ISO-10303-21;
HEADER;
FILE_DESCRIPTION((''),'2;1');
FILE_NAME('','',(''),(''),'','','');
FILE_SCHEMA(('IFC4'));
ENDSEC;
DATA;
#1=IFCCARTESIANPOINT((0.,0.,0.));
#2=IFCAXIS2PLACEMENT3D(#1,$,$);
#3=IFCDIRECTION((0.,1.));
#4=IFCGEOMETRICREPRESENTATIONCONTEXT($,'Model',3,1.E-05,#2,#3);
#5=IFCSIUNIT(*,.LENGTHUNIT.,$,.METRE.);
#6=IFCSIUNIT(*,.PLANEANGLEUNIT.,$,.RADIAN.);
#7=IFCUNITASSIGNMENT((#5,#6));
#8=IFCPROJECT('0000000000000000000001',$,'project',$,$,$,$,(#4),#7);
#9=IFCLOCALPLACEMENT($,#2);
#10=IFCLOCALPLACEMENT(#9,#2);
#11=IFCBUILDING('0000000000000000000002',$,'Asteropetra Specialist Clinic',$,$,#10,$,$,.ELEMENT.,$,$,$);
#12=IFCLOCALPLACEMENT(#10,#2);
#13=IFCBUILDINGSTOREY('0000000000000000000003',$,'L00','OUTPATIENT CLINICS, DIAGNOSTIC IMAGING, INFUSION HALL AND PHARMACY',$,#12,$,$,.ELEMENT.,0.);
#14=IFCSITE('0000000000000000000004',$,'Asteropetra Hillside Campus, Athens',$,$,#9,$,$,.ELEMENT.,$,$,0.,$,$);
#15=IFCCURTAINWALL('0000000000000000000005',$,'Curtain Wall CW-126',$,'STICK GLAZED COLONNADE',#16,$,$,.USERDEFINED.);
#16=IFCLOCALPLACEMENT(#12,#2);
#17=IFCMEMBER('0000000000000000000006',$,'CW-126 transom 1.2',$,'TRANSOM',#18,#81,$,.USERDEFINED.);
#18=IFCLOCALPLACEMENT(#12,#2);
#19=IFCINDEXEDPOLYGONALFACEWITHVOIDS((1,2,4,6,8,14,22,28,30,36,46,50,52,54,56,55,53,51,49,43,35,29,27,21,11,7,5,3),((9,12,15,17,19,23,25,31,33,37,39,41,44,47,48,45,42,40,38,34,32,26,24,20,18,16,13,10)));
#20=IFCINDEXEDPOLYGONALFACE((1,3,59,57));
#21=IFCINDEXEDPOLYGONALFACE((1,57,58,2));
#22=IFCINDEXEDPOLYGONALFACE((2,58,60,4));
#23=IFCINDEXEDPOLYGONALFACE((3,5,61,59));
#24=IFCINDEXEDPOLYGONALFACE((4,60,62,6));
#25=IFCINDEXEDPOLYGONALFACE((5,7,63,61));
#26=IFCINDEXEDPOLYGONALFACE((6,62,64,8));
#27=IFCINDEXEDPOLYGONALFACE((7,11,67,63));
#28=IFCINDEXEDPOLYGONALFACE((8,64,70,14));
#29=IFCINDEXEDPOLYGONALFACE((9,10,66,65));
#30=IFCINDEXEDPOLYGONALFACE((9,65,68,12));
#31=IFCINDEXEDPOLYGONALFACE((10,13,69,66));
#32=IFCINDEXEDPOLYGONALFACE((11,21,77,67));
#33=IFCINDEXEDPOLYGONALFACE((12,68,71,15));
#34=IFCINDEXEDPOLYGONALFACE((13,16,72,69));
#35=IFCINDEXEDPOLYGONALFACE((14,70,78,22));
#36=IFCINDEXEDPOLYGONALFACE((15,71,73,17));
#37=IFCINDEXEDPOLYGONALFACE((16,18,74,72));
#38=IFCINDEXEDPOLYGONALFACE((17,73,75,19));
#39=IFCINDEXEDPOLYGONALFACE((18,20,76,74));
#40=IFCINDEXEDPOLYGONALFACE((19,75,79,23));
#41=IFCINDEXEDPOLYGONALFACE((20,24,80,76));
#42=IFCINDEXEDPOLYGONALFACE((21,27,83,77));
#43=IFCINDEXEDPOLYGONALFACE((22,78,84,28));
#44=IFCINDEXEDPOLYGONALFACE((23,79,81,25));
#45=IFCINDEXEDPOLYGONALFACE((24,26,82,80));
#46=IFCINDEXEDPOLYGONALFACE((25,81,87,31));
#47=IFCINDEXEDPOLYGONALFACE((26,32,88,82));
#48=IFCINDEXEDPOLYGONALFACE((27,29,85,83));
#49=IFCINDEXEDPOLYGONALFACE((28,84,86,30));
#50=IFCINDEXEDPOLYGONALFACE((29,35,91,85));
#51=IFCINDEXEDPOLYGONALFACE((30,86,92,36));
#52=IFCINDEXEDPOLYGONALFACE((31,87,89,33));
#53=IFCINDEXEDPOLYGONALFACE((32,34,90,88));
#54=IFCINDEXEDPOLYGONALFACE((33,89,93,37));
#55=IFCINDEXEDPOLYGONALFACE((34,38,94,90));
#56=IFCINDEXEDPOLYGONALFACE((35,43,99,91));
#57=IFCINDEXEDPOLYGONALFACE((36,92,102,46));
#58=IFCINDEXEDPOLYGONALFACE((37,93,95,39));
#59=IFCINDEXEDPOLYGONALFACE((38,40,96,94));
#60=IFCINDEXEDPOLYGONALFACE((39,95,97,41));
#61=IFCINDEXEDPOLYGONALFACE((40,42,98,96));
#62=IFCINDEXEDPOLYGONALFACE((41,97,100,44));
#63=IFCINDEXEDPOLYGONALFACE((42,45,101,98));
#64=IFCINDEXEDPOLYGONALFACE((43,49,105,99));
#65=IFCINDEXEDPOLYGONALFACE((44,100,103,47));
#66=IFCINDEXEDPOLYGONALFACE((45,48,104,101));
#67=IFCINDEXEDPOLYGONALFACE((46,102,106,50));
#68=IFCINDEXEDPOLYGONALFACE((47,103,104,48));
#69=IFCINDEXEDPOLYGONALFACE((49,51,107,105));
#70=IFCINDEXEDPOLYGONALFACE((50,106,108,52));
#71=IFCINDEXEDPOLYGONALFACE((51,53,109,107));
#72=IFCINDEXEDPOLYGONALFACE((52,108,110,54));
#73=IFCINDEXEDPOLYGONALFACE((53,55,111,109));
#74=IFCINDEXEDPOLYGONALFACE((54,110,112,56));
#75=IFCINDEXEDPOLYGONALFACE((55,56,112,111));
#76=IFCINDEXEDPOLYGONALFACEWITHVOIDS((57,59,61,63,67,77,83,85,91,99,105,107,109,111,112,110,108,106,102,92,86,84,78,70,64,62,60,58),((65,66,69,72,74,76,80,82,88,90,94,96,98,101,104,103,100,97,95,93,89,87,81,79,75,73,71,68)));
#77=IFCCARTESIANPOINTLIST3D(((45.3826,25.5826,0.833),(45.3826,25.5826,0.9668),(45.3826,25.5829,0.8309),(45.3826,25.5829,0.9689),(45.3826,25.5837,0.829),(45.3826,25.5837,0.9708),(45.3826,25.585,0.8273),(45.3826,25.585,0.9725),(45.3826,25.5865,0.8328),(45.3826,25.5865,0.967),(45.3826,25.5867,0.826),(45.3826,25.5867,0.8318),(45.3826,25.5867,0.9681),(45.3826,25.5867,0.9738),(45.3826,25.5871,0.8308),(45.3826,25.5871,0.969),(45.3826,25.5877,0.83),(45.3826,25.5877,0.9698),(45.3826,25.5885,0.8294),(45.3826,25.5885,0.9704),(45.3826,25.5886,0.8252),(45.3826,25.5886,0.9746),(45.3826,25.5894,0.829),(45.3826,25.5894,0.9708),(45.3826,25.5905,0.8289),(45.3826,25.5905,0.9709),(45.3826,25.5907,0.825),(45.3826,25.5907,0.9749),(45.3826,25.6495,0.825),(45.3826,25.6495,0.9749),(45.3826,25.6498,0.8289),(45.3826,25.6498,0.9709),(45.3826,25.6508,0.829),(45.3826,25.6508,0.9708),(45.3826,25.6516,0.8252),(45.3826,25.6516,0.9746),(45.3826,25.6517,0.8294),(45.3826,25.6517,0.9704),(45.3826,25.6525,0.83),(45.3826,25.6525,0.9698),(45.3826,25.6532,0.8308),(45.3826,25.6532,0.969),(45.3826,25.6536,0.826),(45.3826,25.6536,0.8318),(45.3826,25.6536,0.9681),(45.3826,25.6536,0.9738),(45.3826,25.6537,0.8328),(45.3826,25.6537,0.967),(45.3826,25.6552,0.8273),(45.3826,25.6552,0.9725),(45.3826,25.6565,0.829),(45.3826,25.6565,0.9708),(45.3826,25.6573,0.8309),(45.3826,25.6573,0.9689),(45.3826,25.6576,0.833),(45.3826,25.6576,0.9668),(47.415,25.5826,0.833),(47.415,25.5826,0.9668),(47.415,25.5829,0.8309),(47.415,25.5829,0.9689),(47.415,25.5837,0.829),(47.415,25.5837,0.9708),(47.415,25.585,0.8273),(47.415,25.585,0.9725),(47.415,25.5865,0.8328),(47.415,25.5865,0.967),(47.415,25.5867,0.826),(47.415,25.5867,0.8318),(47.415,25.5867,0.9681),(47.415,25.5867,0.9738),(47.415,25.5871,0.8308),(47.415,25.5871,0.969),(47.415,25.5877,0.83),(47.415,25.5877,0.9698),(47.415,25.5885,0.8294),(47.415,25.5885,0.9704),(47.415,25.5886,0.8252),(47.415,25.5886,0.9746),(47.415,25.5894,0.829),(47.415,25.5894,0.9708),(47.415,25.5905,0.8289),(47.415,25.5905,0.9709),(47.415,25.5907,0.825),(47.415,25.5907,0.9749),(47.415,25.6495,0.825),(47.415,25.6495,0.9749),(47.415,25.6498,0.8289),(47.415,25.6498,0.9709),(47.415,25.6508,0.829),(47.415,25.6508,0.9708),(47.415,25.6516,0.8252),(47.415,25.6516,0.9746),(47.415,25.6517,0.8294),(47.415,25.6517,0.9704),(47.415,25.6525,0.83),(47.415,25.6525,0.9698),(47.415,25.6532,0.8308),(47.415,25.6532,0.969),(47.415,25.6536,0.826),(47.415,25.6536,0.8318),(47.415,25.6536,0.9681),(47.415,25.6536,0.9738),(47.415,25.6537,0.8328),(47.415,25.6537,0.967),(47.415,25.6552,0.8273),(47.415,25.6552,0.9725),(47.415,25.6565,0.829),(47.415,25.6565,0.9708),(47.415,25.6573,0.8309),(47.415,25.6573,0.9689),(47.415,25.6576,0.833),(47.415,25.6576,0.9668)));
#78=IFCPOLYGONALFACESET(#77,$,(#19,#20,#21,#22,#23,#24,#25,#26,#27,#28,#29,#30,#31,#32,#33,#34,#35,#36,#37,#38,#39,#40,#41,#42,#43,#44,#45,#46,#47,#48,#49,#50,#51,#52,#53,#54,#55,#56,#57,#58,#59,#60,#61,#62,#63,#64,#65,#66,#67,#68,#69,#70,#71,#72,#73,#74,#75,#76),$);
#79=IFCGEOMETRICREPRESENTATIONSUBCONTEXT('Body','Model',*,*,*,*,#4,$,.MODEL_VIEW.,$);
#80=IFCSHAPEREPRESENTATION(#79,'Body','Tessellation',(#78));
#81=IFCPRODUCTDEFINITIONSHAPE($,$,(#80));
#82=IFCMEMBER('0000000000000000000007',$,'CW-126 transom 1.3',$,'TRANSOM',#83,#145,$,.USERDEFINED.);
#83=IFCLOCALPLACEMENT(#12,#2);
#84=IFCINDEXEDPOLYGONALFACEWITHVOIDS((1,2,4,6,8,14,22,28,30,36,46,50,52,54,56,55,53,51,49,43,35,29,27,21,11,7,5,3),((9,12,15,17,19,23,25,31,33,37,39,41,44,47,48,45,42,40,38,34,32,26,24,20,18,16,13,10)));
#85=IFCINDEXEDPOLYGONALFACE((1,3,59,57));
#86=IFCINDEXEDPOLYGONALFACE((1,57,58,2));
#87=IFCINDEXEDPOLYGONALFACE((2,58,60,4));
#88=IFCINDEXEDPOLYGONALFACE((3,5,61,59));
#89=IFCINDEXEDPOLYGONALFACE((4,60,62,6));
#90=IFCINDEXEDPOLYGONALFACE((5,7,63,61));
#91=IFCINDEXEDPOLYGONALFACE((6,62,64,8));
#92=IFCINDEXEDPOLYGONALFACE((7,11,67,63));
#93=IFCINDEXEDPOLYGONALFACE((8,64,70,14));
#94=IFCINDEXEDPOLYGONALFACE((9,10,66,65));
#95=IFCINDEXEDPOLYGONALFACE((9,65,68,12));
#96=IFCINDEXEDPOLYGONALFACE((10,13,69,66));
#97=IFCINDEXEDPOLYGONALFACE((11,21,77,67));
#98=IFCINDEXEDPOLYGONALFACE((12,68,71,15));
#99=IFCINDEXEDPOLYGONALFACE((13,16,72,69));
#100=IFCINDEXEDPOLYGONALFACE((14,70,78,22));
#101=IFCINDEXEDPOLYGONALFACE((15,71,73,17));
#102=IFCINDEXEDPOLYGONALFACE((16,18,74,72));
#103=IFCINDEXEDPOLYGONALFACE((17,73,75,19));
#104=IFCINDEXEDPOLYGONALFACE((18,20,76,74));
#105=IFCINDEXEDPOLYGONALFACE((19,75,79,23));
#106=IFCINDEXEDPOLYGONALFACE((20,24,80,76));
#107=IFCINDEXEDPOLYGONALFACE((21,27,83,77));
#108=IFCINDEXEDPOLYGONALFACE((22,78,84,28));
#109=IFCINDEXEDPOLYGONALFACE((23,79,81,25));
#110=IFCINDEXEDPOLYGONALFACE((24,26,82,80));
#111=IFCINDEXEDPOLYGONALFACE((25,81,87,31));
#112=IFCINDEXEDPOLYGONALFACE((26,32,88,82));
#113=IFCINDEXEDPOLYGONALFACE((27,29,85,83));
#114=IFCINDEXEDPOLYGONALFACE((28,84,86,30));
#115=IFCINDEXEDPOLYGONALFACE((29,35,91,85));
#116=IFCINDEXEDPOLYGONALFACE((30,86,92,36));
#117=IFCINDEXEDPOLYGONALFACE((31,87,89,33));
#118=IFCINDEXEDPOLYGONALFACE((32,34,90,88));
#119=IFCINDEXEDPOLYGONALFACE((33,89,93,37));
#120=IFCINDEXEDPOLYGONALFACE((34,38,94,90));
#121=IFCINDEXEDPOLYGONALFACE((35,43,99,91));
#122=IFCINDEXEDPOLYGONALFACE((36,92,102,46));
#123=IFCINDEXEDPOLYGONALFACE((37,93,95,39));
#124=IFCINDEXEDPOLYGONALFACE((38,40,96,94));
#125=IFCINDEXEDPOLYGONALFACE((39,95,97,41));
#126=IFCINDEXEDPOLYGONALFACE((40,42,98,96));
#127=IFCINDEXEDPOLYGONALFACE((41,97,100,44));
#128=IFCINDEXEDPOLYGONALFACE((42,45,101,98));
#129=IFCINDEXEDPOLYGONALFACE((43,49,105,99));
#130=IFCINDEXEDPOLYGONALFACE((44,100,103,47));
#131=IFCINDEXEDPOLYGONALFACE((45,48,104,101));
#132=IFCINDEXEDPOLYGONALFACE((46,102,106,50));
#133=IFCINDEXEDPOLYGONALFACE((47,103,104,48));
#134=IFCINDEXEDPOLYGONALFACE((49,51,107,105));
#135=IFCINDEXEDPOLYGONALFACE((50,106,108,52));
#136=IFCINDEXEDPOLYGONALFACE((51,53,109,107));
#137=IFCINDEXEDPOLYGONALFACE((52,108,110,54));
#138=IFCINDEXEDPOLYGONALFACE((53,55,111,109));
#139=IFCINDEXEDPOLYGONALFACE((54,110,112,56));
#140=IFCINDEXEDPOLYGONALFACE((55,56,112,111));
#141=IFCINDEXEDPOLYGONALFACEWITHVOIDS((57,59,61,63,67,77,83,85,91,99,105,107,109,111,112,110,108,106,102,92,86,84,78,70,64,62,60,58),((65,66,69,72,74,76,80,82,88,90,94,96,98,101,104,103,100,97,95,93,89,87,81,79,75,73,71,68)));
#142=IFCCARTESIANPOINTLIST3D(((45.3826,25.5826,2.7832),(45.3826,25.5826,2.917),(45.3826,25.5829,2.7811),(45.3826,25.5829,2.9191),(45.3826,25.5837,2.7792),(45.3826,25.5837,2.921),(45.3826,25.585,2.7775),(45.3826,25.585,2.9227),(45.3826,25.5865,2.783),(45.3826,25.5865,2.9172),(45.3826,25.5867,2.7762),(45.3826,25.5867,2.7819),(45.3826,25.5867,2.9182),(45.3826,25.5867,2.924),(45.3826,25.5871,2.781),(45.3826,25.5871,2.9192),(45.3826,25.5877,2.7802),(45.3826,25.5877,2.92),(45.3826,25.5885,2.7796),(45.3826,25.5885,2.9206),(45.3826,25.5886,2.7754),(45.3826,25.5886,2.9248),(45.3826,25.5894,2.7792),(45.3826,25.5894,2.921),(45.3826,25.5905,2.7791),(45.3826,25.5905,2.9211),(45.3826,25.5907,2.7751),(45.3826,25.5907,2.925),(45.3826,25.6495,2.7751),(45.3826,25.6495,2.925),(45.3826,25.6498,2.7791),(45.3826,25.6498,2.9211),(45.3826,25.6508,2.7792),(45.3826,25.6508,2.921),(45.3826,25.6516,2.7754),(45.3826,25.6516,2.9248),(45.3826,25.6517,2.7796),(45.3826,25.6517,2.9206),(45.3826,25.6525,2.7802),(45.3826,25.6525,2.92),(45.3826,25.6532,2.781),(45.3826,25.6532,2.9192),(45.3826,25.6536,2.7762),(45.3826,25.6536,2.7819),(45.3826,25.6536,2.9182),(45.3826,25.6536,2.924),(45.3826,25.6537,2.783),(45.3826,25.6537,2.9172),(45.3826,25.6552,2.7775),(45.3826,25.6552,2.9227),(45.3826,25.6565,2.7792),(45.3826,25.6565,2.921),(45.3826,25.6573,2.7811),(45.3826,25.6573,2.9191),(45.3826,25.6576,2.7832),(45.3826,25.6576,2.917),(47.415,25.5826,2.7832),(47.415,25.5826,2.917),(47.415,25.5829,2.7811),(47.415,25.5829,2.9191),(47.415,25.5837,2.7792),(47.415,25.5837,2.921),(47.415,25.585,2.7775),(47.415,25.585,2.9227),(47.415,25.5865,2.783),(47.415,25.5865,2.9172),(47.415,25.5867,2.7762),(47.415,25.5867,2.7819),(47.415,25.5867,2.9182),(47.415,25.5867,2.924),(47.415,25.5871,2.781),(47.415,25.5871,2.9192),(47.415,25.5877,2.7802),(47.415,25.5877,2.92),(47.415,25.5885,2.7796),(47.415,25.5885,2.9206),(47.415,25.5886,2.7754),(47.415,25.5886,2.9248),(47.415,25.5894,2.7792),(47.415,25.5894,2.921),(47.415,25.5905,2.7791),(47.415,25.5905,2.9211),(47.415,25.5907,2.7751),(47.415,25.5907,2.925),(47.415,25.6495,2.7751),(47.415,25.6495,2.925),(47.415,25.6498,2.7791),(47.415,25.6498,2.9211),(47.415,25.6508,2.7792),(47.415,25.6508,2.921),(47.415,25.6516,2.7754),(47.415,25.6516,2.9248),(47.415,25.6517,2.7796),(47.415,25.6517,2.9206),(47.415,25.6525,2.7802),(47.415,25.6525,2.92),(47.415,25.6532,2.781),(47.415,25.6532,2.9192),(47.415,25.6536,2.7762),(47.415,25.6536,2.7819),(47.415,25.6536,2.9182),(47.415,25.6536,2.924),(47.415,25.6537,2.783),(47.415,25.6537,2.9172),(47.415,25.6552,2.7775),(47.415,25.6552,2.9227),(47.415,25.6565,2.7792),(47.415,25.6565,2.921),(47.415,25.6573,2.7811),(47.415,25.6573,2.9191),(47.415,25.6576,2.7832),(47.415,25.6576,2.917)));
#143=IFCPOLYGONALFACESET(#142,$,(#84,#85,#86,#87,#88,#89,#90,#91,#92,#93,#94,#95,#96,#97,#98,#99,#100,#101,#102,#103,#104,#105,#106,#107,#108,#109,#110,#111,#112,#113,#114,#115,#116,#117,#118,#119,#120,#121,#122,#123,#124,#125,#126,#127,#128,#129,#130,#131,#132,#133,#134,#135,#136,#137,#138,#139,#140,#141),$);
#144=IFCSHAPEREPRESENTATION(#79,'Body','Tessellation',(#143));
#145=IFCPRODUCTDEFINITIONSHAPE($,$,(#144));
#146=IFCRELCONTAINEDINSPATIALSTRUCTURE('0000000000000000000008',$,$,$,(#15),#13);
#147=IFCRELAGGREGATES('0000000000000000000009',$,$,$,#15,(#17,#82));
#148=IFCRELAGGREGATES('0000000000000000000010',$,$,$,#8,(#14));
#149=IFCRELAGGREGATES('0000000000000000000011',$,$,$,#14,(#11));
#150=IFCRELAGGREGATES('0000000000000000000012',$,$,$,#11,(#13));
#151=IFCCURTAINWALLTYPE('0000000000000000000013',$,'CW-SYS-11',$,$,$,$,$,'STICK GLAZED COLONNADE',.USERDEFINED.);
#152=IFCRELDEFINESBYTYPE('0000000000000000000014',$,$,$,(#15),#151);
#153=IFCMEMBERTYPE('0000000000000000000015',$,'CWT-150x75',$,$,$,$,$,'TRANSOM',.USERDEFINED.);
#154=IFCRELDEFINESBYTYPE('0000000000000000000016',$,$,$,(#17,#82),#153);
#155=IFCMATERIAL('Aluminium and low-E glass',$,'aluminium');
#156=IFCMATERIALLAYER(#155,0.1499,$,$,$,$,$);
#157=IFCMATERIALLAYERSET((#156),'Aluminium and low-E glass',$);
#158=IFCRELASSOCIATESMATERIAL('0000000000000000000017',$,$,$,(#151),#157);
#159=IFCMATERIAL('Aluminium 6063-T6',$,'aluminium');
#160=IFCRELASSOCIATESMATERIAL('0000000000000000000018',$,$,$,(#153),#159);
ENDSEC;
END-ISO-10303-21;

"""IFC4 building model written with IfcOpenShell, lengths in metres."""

from ifc_helpers import new_model, si_unit, direction, frame, origin, origin_2d, place, context, subcontext, project, spatial, hollow_rectangle, extrude, material, layer, layer_set, material_profile, profile_set, type_object, element, aggregate, save


model = new_model("IFC4")

# Units and contexts
model_context = context("Model", 3, precision=1e-05, world=origin(), true_north=direction((0.0, 1.0)))
body_context = subcontext(model_context, "Body", "Model", "MODEL_VIEW")
ifc_project = project(units=[si_unit("LENGTHUNIT", "METRE"), si_unit("PLANEANGLEUNIT", "RADIAN")], contexts=[model_context])

# Site, building, storey
site_placement = place(None, origin())
site = spatial("IfcSite", under=ifc_project, at=site_placement, Name="Asteropetra Hillside Campus, Athens", CompositionType="ELEMENT", RefElevation=0.0)
building_placement = place(site_placement, origin())
building = spatial("IfcBuilding", under=site, at=building_placement, Name="Asteropetra Specialist Clinic", CompositionType="ELEMENT")
storey_placement = place(building_placement, origin())
storey = spatial("IfcBuildingStorey", under=building, at=storey_placement, Name="L00", Description="OUTPATIENT CLINICS, DIAGNOSTIC IMAGING, INFUSION HALL AND PHARMACY", CompositionType="ELEMENT", Elevation=0.0)

# Curtain wall, members
ifc_material_1 = material(Name="Aluminium and low-E glass", Category="aluminium")
ifc_layer_1 = layer(ifc_material_1, 0.1499)
ifc_layer_set_1 = layer_set([ifc_layer_1], Name="Aluminium and low-E glass")
curtain_wall_type = type_object("IfcCurtainWallType", Name="CW-SYS-11", ElementType="STICK GLAZED COLONNADE", PredefinedType="USERDEFINED", material=ifc_layer_set_1)
curtain_wall_placement = place(storey_placement, origin())
curtain_wall = element("IfcCurtainWall", 1, at=curtain_wall_placement, inside=storey, type_object=curtain_wall_type, Name="Curtain Wall CW-126", ObjectType="STICK GLAZED COLONNADE", PredefinedType="USERDEFINED")
ifc_material_2 = material(Name="Aluminium 6063-T6", Category="aluminium")
ifc_material_profile_1 = material_profile(ifc_material_2, hollow_rectangle(XDim=0.075, YDim=0.1499, WallThickness=0.0039, InnerFilletRadius=0.0039, OuterFilletRadius=0.0081, at=origin_2d()), Name="TRN 150x75x4.0")
ifc_profile_set_1 = profile_set([ifc_material_profile_1], Name="Aluminium 6063-T6")
member_type_1 = type_object("IfcMemberType", Name="CWT-150x75", ElementType="TRANSOM", PredefinedType="USERDEFINED", material=ifc_profile_set_1)
member_1_placement = place(storey_placement, frame((47.415, 25.6201, 0.8999), z_axis=(-1.0, 0.0, 0.0), x_axis=(0.0, -1.0, 0.0)))
member_1 = element("IfcMember", 2, at=member_1_placement, type_object=member_type_1, Name="CW-126 transom 1.2", ObjectType="TRANSOM", PredefinedType="USERDEFINED", context=body_context, shape_type="SweptSolid", body=[
    extrude(hollow_rectangle(XDim=0.075, YDim=0.1499, WallThickness=0.0039, InnerFilletRadius=0.0039, OuterFilletRadius=0.0081, at=origin_2d()), origin(), (0.0, 0.0, 1.0), 2.0325),
])
member_2_placement = place(storey_placement, frame((47.415, 25.6201, 2.8501), z_axis=(-1.0, 0.0, 0.0), x_axis=(0.0, -1.0, 0.0)))
member_2 = element("IfcMember", 3, at=member_2_placement, type_object=member_type_1, Name="CW-126 transom 1.3", ObjectType="TRANSOM", PredefinedType="USERDEFINED", context=body_context, shape_type="SweptSolid", body=[
    extrude(hollow_rectangle(XDim=0.075, YDim=0.1499, WallThickness=0.0039, InnerFilletRadius=0.0039, OuterFilletRadius=0.0081, at=origin_2d()), origin(), (0.0, 0.0, 1.0), 2.0325),
])
aggregate(curtain_wall, [member_1, member_2])

save(model, "model.ifc")
